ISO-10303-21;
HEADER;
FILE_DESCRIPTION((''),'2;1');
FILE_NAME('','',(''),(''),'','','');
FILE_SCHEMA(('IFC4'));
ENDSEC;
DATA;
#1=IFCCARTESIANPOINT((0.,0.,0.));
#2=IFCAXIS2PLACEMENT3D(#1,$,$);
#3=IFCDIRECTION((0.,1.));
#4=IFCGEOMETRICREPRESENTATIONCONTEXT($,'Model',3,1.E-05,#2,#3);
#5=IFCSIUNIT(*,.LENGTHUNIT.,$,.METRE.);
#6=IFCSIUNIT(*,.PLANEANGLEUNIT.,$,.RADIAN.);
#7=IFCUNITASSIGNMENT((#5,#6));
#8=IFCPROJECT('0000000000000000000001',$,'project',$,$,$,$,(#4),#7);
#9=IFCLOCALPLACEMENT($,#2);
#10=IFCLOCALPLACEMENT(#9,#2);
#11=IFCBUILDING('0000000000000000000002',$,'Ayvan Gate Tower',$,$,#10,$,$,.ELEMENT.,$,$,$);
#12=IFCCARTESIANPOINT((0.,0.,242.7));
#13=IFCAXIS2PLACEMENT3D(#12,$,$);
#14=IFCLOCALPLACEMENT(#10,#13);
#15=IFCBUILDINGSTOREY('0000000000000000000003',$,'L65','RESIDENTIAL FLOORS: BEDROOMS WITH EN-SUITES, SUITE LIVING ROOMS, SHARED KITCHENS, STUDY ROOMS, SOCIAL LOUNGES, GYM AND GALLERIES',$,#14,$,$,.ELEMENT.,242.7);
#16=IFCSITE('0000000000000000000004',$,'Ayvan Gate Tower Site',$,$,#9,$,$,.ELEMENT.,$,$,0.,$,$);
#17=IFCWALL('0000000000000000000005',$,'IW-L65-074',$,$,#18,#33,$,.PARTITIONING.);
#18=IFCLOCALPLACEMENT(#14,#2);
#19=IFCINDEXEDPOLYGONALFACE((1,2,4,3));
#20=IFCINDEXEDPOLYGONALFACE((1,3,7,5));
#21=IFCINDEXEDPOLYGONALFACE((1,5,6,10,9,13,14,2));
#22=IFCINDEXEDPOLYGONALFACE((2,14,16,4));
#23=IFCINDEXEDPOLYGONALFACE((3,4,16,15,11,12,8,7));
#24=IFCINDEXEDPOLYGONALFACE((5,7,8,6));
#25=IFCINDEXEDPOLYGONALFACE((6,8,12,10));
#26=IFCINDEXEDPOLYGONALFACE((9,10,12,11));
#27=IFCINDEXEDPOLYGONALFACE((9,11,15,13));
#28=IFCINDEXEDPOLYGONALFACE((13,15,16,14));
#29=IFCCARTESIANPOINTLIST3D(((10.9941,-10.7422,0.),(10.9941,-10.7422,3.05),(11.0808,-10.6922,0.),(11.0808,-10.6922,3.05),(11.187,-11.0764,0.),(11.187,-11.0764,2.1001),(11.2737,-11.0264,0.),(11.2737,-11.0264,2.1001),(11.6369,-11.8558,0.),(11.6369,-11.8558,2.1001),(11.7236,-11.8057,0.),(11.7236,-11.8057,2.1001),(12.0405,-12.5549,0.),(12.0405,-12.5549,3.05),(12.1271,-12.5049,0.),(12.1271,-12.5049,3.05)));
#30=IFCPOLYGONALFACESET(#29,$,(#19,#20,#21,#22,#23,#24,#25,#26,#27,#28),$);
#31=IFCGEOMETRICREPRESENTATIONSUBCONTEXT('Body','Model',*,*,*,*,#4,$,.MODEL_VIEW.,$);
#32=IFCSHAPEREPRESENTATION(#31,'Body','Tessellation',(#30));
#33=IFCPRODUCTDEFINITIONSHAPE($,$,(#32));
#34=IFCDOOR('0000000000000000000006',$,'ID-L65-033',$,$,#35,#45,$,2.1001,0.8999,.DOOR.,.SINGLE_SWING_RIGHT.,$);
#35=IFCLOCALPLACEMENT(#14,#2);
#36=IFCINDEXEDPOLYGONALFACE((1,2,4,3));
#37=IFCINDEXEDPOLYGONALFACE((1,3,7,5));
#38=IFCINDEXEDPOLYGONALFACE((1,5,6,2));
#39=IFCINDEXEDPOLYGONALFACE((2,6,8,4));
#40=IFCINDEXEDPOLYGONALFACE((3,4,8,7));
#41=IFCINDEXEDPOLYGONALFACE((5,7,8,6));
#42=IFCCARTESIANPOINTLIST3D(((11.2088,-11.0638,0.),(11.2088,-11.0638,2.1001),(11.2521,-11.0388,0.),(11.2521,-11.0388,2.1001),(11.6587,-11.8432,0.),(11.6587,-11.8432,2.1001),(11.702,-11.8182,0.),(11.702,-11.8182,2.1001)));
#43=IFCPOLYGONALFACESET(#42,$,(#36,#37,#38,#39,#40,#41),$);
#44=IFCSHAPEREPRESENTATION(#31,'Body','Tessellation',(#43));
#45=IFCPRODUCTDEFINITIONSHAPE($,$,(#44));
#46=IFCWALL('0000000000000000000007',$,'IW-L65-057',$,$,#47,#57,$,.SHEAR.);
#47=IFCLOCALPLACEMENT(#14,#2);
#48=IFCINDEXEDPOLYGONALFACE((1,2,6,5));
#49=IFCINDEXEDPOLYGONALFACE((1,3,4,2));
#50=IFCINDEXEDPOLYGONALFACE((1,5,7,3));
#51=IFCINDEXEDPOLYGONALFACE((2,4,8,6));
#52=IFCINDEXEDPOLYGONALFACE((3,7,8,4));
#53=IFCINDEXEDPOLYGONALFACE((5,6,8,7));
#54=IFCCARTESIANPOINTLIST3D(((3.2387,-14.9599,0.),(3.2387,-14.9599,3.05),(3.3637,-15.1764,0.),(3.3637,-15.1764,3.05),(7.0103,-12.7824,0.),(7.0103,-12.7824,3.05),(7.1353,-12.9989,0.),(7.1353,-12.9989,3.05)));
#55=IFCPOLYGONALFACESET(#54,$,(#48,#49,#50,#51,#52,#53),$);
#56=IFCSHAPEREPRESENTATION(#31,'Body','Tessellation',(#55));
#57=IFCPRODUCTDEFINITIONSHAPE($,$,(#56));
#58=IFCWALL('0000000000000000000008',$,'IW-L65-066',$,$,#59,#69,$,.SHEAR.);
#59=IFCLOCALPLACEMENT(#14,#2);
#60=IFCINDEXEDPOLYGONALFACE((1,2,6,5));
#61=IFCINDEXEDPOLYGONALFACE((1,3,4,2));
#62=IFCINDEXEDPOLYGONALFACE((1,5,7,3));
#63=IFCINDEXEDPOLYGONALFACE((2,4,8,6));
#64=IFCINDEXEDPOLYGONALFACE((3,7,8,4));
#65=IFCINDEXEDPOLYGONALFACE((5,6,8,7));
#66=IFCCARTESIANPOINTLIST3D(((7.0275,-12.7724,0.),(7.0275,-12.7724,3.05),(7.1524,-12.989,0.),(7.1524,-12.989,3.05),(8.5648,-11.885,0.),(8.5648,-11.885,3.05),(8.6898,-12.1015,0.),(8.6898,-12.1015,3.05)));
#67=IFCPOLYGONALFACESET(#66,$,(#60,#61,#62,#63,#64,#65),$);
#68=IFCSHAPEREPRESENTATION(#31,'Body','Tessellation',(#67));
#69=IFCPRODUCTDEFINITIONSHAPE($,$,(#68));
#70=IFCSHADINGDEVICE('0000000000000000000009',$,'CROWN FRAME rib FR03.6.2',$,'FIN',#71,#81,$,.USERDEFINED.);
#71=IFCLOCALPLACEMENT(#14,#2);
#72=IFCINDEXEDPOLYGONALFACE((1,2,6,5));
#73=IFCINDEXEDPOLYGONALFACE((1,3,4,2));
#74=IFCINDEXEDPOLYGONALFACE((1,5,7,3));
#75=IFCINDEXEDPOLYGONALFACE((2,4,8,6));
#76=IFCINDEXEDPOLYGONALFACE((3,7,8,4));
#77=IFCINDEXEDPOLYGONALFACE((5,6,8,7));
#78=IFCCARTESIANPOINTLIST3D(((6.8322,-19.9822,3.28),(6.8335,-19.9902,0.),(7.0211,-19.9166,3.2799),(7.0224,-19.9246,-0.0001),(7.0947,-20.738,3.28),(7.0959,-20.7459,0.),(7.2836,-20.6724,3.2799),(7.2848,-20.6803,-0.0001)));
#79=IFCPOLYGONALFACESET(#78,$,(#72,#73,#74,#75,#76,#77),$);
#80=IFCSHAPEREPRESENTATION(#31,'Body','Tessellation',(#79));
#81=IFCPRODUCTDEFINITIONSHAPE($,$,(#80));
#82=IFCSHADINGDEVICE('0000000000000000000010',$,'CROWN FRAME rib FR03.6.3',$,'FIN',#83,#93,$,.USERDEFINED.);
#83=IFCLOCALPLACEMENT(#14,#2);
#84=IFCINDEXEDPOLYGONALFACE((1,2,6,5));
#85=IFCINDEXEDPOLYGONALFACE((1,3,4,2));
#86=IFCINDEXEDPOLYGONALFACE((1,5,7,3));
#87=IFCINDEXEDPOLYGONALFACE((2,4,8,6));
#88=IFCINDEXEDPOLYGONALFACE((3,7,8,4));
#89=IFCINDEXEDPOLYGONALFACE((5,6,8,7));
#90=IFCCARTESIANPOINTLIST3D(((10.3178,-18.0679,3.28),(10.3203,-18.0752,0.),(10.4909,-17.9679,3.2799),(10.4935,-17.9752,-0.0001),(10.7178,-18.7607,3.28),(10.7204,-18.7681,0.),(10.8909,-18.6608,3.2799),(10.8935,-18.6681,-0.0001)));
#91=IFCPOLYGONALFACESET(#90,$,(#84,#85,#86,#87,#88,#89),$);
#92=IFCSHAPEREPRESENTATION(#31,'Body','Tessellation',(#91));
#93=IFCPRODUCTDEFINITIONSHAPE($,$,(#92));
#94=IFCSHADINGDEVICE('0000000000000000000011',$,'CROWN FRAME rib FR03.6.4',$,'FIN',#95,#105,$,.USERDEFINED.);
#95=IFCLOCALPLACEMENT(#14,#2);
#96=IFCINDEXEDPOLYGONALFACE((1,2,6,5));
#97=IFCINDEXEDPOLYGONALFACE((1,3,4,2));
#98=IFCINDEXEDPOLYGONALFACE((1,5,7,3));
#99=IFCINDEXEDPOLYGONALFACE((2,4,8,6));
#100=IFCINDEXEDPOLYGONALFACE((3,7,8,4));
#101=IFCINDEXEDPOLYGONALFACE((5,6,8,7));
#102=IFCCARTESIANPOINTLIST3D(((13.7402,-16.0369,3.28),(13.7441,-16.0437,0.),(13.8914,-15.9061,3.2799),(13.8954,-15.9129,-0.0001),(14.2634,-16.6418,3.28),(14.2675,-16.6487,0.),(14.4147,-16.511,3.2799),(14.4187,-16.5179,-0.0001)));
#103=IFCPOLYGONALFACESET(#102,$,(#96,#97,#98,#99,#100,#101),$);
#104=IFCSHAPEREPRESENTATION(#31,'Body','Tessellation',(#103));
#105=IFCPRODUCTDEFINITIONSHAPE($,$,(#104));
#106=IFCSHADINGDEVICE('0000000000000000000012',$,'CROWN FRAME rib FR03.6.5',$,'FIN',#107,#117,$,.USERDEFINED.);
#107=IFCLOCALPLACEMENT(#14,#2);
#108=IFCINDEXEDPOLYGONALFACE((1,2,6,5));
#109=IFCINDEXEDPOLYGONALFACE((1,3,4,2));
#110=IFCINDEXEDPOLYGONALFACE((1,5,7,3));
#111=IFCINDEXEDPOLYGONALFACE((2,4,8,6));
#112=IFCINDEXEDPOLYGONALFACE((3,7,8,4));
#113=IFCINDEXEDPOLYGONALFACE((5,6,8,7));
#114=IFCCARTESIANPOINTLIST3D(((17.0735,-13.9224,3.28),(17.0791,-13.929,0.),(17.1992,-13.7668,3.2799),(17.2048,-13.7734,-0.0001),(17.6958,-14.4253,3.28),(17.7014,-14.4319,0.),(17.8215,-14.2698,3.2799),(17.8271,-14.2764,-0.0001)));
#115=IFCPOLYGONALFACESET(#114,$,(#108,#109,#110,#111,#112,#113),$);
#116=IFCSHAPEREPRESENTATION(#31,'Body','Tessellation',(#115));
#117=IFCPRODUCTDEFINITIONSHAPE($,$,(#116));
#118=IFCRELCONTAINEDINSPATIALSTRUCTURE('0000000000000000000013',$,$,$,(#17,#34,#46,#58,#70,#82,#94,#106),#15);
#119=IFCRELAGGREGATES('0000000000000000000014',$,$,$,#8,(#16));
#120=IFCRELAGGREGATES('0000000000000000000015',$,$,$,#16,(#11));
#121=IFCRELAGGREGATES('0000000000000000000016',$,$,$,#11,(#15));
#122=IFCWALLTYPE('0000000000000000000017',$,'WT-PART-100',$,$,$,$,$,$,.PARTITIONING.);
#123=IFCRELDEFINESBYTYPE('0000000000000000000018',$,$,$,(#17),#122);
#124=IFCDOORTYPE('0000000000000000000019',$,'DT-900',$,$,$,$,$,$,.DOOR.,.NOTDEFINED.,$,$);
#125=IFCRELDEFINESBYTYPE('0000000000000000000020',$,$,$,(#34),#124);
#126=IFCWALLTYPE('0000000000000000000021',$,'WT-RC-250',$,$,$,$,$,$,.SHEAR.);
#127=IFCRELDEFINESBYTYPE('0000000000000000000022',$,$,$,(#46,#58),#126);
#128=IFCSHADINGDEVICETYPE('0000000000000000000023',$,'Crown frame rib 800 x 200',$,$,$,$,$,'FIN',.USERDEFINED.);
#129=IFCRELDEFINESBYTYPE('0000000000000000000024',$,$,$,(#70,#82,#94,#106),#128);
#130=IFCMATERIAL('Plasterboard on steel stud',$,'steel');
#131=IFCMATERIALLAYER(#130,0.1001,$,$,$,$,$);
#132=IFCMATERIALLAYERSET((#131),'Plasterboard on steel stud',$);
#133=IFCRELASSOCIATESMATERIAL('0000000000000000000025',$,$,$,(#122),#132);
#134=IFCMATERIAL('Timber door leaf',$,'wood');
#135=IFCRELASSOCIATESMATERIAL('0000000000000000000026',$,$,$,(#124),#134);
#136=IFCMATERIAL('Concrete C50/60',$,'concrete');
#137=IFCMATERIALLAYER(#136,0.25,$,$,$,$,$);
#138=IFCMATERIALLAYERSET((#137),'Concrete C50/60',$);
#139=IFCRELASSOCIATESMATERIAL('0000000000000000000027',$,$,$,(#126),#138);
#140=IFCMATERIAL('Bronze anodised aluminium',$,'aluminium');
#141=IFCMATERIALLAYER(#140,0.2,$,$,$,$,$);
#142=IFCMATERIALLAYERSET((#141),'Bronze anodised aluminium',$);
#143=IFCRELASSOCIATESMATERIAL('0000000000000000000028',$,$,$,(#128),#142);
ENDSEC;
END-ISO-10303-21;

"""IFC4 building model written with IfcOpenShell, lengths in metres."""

from ifc_helpers import new_model, si_unit, direction, frame, frame_2d, origin, place, context, subcontext, project, spatial, polyline, rectangle, outline, extrude, material, layer, layer_set, type_object, element, fill, save


model = new_model("IFC4")

# Units and contexts
model_context = context("Model", 3, precision=1e-05, world=origin(), true_north=direction((0.0, 1.0)))
body_context = subcontext(model_context, "Body", "Model", "MODEL_VIEW")
ifc_project = project(units=[si_unit("LENGTHUNIT", "METRE"), si_unit("PLANEANGLEUNIT", "RADIAN")], contexts=[model_context])

# Site, building, storey
site_placement = place(None, origin())
site = spatial("IfcSite", under=ifc_project, at=site_placement, Name="Ayvan Gate Tower Site", CompositionType="ELEMENT", RefElevation=0.0)
building_placement = place(site_placement, origin())
building = spatial("IfcBuilding", under=site, at=building_placement, Name="Ayvan Gate Tower", CompositionType="ELEMENT")
storey_placement = place(building_placement, frame((0.0, 0.0, 242.7)))
storey = spatial("IfcBuildingStorey", under=building, at=storey_placement, Name="L65", Description="RESIDENTIAL FLOORS: BEDROOMS WITH EN-SUITES, SUITE LIVING ROOMS, SHARED KITCHENS, STUDY ROOMS, SOCIAL LOUNGES, GYM AND GALLERIES", CompositionType="ELEMENT", Elevation=242.7)

# Shared definitions
ifc_material_1 = material(Name="Concrete C50/60", Category="concrete")

# Shared definitions
ifc_material_2 = material(Name="Bronze anodised aluminium", Category="aluminium")

# Wall, opening, door
ifc_material_3 = material(Name="Plasterboard on steel stud", Category="steel")
ifc_layer_1 = layer(ifc_material_3, 0.1001)
ifc_layer_set_1 = layer_set([ifc_layer_1], Name="Plasterboard on steel stud")
wall_type_1 = type_object("IfcWallType", Name="WT-PART-100", PredefinedType="PARTITIONING", material=ifc_layer_set_1)
wall_1_placement = place(storey_placement, frame((12.0837, -12.5298, 0.0), z_axis=(0.0, 0.0, 1.0), x_axis=(-0.499928, 0.866067, 0.0)))
wall_1 = element("IfcWall", 1, at=wall_1_placement, inside=storey, type_object=wall_type_1, Name="IW-L65-074", PredefinedType="PARTITIONING", context=body_context, shape_type="SweptSolid", body=[
    extrude(rectangle(XDim=2.093, YDim=0.1001, at=frame_2d((1.0464, 0.0))), origin(), (0.0, 0.0, 1.0), 3.05),
])
opening_placement = place(wall_1_placement, frame((0.8071, 0.0, 0.0)))
opening = element("IfcOpeningElement", 2, at=opening_placement, cuts=wall_1, PredefinedType="OPENING", context=body_context, shape_type="SweptSolid", body=[
    extrude(rectangle(XDim=0.8999, YDim=2.1001, at=frame_2d((0.45, 1.05))), frame((0.0, 0.0601, 0.0), z_axis=(0.0, -1.0, 0.0), x_axis=(1.0, 0.0, 0.0)), (0.0, 0.0, 1.0), 0.1201),
])
ifc_material_4 = material(Name="Timber door leaf", Category="wood")
door_type = type_object("IfcDoorType", Name="DT-900", OperationType="NOTDEFINED", PredefinedType="DOOR", material=ifc_material_4)
door_placement = place(opening_placement, origin())
door = element("IfcDoor", 3, at=door_placement, inside=storey, type_object=door_type, Name="ID-L65-033", OperationType="SINGLE_SWING_RIGHT", OverallHeight=2.1001, OverallWidth=0.8999, PredefinedType="DOOR", context=body_context, shape_type="SweptSolid", body=[
    extrude(rectangle(XDim=0.8999, YDim=2.1001, at=frame_2d((0.45, 1.05))), frame((0.0, 0.0249, 0.0), z_axis=(0.0, -1.0, 0.0), x_axis=(1.0, 0.0, 0.0)), (0.0, 0.0, 1.0), 0.05),
])
fill(opening, door)

# Walls
ifc_layer_2 = layer(ifc_material_1, 0.25)
ifc_layer_set_2 = layer_set([ifc_layer_2], Name="Concrete C50/60")
wall_type_2 = type_object("IfcWallType", Name="WT-RC-250", PredefinedType="SHEAR", material=ifc_layer_set_2)
wall_2_placement = place(storey_placement, frame((7.0728, -12.8906, 0.0), z_axis=(0.0, 0.0, 1.0), x_axis=(-0.866023, -0.500004, 0.0)))
element("IfcWall", 4, at=wall_2_placement, inside=storey, type_object=wall_type_2, Name="IW-L65-057", PredefinedType="SHEAR", context=body_context, shape_type="SweptSolid", body=[
    extrude(rectangle(XDim=4.355, YDim=0.25, at=frame_2d((2.1775, 0.0))), origin(), (0.0, 0.0, 1.0), 3.05),
])
wall_3_placement = place(storey_placement, frame((8.6274, -11.9932, 0.0), z_axis=(0.0, 0.0, 1.0), x_axis=(-0.86606, -0.499941, 0.0)))
element("IfcWall", 5, at=wall_3_placement, inside=storey, type_object=wall_type_2, Name="IW-L65-066", PredefinedType="SHEAR", context=body_context, shape_type="SweptSolid", body=[
    extrude(rectangle(XDim=1.7751, YDim=0.25, at=frame_2d((0.8877, 0.0))), origin(), (0.0, 0.0, 1.0), 3.05),
])

# Shading devices
ifc_layer_3 = layer(ifc_material_2, 0.2)
ifc_layer_set_3 = layer_set([ifc_layer_3], Name="Bronze anodised aluminium")
shading_device_type = type_object("IfcShadingDeviceType", Name="Crown frame rib 800 x 200", ElementType="FIN", PredefinedType="USERDEFINED", material=ifc_layer_set_3)
shading_device_1_placement = place(storey_placement, frame((6.8335, -19.9902, 0.0), z_axis=(-0.944657, -0.328059, 0.000442), x_axis=(0.328059, -0.944657, 0.0)))
element("IfcShadingDevice", 6, at=shading_device_1_placement, inside=storey, type_object=shading_device_type, Name="CROWN FRAME rib FR03.6.2", ObjectType="FIN", PredefinedType="USERDEFINED", context=body_context, shape_type="SweptSolid", body=[
    extrude(outline(polyline([(0.0, 0.0), (0.7999, 0.0), (0.7921, 3.28), (-0.008, 3.28), (0.0, 0.0)])), origin(), (0.0, 0.0, -1.0), 0.2),
])
shading_device_2_placement = place(storey_placement, frame((10.3203, -18.0752, 0.0), z_axis=(-0.866028, -0.499995, 0.00044), x_axis=(0.499995, -0.866028, 0.0)))
element("IfcShadingDevice", 7, at=shading_device_2_placement, inside=storey, type_object=shading_device_type, Name="CROWN FRAME rib FR03.6.3", ObjectType="FIN", PredefinedType="USERDEFINED", context=body_context, shape_type="SweptSolid", body=[
    extrude(outline(polyline([(0.0, 0.0), (0.8001, 0.0), (0.7924, 3.28), (-0.0076, 3.28), (0.0, 0.0)])), origin(), (0.0, 0.0, -1.0), 0.2),
])
shading_device_3_placement = place(storey_placement, frame((13.7441, -16.0437, 0.0), z_axis=(-0.756308, -0.654216, 0.000435), x_axis=(0.654216, -0.756308, 0.0)))
element("IfcShadingDevice", 8, at=shading_device_3_placement, inside=storey, type_object=shading_device_type, Name="CROWN FRAME rib FR03.6.4", ObjectType="FIN", PredefinedType="USERDEFINED", context=body_context, shape_type="SweptSolid", body=[
    extrude(outline(polyline([(0.0, 0.0), (0.8, 0.0), (0.7921, 3.28), (-0.0077, 3.28), (0.0, 0.0)])), origin(), (0.0, 0.0, -1.0), 0.2),
])
shading_device_4_placement = place(storey_placement, frame((17.0791, -13.929, 0.0), z_axis=(-0.628557, -0.777763, 0.000487), x_axis=(0.777763, -0.628557, 0.0)))
element("IfcShadingDevice", 9, at=shading_device_4_placement, inside=storey, type_object=shading_device_type, Name="CROWN FRAME rib FR03.6.5", ObjectType="FIN", PredefinedType="USERDEFINED", context=body_context, shape_type="SweptSolid", body=[
    extrude(outline(polyline([(0.0, 0.0), (0.8001, 0.0), (0.7916, 3.28), (-0.0085, 3.28), (0.0, 0.0)])), origin(), (0.0, 0.0, -1.0), 0.2),
])

save(model, "model.ifc")
